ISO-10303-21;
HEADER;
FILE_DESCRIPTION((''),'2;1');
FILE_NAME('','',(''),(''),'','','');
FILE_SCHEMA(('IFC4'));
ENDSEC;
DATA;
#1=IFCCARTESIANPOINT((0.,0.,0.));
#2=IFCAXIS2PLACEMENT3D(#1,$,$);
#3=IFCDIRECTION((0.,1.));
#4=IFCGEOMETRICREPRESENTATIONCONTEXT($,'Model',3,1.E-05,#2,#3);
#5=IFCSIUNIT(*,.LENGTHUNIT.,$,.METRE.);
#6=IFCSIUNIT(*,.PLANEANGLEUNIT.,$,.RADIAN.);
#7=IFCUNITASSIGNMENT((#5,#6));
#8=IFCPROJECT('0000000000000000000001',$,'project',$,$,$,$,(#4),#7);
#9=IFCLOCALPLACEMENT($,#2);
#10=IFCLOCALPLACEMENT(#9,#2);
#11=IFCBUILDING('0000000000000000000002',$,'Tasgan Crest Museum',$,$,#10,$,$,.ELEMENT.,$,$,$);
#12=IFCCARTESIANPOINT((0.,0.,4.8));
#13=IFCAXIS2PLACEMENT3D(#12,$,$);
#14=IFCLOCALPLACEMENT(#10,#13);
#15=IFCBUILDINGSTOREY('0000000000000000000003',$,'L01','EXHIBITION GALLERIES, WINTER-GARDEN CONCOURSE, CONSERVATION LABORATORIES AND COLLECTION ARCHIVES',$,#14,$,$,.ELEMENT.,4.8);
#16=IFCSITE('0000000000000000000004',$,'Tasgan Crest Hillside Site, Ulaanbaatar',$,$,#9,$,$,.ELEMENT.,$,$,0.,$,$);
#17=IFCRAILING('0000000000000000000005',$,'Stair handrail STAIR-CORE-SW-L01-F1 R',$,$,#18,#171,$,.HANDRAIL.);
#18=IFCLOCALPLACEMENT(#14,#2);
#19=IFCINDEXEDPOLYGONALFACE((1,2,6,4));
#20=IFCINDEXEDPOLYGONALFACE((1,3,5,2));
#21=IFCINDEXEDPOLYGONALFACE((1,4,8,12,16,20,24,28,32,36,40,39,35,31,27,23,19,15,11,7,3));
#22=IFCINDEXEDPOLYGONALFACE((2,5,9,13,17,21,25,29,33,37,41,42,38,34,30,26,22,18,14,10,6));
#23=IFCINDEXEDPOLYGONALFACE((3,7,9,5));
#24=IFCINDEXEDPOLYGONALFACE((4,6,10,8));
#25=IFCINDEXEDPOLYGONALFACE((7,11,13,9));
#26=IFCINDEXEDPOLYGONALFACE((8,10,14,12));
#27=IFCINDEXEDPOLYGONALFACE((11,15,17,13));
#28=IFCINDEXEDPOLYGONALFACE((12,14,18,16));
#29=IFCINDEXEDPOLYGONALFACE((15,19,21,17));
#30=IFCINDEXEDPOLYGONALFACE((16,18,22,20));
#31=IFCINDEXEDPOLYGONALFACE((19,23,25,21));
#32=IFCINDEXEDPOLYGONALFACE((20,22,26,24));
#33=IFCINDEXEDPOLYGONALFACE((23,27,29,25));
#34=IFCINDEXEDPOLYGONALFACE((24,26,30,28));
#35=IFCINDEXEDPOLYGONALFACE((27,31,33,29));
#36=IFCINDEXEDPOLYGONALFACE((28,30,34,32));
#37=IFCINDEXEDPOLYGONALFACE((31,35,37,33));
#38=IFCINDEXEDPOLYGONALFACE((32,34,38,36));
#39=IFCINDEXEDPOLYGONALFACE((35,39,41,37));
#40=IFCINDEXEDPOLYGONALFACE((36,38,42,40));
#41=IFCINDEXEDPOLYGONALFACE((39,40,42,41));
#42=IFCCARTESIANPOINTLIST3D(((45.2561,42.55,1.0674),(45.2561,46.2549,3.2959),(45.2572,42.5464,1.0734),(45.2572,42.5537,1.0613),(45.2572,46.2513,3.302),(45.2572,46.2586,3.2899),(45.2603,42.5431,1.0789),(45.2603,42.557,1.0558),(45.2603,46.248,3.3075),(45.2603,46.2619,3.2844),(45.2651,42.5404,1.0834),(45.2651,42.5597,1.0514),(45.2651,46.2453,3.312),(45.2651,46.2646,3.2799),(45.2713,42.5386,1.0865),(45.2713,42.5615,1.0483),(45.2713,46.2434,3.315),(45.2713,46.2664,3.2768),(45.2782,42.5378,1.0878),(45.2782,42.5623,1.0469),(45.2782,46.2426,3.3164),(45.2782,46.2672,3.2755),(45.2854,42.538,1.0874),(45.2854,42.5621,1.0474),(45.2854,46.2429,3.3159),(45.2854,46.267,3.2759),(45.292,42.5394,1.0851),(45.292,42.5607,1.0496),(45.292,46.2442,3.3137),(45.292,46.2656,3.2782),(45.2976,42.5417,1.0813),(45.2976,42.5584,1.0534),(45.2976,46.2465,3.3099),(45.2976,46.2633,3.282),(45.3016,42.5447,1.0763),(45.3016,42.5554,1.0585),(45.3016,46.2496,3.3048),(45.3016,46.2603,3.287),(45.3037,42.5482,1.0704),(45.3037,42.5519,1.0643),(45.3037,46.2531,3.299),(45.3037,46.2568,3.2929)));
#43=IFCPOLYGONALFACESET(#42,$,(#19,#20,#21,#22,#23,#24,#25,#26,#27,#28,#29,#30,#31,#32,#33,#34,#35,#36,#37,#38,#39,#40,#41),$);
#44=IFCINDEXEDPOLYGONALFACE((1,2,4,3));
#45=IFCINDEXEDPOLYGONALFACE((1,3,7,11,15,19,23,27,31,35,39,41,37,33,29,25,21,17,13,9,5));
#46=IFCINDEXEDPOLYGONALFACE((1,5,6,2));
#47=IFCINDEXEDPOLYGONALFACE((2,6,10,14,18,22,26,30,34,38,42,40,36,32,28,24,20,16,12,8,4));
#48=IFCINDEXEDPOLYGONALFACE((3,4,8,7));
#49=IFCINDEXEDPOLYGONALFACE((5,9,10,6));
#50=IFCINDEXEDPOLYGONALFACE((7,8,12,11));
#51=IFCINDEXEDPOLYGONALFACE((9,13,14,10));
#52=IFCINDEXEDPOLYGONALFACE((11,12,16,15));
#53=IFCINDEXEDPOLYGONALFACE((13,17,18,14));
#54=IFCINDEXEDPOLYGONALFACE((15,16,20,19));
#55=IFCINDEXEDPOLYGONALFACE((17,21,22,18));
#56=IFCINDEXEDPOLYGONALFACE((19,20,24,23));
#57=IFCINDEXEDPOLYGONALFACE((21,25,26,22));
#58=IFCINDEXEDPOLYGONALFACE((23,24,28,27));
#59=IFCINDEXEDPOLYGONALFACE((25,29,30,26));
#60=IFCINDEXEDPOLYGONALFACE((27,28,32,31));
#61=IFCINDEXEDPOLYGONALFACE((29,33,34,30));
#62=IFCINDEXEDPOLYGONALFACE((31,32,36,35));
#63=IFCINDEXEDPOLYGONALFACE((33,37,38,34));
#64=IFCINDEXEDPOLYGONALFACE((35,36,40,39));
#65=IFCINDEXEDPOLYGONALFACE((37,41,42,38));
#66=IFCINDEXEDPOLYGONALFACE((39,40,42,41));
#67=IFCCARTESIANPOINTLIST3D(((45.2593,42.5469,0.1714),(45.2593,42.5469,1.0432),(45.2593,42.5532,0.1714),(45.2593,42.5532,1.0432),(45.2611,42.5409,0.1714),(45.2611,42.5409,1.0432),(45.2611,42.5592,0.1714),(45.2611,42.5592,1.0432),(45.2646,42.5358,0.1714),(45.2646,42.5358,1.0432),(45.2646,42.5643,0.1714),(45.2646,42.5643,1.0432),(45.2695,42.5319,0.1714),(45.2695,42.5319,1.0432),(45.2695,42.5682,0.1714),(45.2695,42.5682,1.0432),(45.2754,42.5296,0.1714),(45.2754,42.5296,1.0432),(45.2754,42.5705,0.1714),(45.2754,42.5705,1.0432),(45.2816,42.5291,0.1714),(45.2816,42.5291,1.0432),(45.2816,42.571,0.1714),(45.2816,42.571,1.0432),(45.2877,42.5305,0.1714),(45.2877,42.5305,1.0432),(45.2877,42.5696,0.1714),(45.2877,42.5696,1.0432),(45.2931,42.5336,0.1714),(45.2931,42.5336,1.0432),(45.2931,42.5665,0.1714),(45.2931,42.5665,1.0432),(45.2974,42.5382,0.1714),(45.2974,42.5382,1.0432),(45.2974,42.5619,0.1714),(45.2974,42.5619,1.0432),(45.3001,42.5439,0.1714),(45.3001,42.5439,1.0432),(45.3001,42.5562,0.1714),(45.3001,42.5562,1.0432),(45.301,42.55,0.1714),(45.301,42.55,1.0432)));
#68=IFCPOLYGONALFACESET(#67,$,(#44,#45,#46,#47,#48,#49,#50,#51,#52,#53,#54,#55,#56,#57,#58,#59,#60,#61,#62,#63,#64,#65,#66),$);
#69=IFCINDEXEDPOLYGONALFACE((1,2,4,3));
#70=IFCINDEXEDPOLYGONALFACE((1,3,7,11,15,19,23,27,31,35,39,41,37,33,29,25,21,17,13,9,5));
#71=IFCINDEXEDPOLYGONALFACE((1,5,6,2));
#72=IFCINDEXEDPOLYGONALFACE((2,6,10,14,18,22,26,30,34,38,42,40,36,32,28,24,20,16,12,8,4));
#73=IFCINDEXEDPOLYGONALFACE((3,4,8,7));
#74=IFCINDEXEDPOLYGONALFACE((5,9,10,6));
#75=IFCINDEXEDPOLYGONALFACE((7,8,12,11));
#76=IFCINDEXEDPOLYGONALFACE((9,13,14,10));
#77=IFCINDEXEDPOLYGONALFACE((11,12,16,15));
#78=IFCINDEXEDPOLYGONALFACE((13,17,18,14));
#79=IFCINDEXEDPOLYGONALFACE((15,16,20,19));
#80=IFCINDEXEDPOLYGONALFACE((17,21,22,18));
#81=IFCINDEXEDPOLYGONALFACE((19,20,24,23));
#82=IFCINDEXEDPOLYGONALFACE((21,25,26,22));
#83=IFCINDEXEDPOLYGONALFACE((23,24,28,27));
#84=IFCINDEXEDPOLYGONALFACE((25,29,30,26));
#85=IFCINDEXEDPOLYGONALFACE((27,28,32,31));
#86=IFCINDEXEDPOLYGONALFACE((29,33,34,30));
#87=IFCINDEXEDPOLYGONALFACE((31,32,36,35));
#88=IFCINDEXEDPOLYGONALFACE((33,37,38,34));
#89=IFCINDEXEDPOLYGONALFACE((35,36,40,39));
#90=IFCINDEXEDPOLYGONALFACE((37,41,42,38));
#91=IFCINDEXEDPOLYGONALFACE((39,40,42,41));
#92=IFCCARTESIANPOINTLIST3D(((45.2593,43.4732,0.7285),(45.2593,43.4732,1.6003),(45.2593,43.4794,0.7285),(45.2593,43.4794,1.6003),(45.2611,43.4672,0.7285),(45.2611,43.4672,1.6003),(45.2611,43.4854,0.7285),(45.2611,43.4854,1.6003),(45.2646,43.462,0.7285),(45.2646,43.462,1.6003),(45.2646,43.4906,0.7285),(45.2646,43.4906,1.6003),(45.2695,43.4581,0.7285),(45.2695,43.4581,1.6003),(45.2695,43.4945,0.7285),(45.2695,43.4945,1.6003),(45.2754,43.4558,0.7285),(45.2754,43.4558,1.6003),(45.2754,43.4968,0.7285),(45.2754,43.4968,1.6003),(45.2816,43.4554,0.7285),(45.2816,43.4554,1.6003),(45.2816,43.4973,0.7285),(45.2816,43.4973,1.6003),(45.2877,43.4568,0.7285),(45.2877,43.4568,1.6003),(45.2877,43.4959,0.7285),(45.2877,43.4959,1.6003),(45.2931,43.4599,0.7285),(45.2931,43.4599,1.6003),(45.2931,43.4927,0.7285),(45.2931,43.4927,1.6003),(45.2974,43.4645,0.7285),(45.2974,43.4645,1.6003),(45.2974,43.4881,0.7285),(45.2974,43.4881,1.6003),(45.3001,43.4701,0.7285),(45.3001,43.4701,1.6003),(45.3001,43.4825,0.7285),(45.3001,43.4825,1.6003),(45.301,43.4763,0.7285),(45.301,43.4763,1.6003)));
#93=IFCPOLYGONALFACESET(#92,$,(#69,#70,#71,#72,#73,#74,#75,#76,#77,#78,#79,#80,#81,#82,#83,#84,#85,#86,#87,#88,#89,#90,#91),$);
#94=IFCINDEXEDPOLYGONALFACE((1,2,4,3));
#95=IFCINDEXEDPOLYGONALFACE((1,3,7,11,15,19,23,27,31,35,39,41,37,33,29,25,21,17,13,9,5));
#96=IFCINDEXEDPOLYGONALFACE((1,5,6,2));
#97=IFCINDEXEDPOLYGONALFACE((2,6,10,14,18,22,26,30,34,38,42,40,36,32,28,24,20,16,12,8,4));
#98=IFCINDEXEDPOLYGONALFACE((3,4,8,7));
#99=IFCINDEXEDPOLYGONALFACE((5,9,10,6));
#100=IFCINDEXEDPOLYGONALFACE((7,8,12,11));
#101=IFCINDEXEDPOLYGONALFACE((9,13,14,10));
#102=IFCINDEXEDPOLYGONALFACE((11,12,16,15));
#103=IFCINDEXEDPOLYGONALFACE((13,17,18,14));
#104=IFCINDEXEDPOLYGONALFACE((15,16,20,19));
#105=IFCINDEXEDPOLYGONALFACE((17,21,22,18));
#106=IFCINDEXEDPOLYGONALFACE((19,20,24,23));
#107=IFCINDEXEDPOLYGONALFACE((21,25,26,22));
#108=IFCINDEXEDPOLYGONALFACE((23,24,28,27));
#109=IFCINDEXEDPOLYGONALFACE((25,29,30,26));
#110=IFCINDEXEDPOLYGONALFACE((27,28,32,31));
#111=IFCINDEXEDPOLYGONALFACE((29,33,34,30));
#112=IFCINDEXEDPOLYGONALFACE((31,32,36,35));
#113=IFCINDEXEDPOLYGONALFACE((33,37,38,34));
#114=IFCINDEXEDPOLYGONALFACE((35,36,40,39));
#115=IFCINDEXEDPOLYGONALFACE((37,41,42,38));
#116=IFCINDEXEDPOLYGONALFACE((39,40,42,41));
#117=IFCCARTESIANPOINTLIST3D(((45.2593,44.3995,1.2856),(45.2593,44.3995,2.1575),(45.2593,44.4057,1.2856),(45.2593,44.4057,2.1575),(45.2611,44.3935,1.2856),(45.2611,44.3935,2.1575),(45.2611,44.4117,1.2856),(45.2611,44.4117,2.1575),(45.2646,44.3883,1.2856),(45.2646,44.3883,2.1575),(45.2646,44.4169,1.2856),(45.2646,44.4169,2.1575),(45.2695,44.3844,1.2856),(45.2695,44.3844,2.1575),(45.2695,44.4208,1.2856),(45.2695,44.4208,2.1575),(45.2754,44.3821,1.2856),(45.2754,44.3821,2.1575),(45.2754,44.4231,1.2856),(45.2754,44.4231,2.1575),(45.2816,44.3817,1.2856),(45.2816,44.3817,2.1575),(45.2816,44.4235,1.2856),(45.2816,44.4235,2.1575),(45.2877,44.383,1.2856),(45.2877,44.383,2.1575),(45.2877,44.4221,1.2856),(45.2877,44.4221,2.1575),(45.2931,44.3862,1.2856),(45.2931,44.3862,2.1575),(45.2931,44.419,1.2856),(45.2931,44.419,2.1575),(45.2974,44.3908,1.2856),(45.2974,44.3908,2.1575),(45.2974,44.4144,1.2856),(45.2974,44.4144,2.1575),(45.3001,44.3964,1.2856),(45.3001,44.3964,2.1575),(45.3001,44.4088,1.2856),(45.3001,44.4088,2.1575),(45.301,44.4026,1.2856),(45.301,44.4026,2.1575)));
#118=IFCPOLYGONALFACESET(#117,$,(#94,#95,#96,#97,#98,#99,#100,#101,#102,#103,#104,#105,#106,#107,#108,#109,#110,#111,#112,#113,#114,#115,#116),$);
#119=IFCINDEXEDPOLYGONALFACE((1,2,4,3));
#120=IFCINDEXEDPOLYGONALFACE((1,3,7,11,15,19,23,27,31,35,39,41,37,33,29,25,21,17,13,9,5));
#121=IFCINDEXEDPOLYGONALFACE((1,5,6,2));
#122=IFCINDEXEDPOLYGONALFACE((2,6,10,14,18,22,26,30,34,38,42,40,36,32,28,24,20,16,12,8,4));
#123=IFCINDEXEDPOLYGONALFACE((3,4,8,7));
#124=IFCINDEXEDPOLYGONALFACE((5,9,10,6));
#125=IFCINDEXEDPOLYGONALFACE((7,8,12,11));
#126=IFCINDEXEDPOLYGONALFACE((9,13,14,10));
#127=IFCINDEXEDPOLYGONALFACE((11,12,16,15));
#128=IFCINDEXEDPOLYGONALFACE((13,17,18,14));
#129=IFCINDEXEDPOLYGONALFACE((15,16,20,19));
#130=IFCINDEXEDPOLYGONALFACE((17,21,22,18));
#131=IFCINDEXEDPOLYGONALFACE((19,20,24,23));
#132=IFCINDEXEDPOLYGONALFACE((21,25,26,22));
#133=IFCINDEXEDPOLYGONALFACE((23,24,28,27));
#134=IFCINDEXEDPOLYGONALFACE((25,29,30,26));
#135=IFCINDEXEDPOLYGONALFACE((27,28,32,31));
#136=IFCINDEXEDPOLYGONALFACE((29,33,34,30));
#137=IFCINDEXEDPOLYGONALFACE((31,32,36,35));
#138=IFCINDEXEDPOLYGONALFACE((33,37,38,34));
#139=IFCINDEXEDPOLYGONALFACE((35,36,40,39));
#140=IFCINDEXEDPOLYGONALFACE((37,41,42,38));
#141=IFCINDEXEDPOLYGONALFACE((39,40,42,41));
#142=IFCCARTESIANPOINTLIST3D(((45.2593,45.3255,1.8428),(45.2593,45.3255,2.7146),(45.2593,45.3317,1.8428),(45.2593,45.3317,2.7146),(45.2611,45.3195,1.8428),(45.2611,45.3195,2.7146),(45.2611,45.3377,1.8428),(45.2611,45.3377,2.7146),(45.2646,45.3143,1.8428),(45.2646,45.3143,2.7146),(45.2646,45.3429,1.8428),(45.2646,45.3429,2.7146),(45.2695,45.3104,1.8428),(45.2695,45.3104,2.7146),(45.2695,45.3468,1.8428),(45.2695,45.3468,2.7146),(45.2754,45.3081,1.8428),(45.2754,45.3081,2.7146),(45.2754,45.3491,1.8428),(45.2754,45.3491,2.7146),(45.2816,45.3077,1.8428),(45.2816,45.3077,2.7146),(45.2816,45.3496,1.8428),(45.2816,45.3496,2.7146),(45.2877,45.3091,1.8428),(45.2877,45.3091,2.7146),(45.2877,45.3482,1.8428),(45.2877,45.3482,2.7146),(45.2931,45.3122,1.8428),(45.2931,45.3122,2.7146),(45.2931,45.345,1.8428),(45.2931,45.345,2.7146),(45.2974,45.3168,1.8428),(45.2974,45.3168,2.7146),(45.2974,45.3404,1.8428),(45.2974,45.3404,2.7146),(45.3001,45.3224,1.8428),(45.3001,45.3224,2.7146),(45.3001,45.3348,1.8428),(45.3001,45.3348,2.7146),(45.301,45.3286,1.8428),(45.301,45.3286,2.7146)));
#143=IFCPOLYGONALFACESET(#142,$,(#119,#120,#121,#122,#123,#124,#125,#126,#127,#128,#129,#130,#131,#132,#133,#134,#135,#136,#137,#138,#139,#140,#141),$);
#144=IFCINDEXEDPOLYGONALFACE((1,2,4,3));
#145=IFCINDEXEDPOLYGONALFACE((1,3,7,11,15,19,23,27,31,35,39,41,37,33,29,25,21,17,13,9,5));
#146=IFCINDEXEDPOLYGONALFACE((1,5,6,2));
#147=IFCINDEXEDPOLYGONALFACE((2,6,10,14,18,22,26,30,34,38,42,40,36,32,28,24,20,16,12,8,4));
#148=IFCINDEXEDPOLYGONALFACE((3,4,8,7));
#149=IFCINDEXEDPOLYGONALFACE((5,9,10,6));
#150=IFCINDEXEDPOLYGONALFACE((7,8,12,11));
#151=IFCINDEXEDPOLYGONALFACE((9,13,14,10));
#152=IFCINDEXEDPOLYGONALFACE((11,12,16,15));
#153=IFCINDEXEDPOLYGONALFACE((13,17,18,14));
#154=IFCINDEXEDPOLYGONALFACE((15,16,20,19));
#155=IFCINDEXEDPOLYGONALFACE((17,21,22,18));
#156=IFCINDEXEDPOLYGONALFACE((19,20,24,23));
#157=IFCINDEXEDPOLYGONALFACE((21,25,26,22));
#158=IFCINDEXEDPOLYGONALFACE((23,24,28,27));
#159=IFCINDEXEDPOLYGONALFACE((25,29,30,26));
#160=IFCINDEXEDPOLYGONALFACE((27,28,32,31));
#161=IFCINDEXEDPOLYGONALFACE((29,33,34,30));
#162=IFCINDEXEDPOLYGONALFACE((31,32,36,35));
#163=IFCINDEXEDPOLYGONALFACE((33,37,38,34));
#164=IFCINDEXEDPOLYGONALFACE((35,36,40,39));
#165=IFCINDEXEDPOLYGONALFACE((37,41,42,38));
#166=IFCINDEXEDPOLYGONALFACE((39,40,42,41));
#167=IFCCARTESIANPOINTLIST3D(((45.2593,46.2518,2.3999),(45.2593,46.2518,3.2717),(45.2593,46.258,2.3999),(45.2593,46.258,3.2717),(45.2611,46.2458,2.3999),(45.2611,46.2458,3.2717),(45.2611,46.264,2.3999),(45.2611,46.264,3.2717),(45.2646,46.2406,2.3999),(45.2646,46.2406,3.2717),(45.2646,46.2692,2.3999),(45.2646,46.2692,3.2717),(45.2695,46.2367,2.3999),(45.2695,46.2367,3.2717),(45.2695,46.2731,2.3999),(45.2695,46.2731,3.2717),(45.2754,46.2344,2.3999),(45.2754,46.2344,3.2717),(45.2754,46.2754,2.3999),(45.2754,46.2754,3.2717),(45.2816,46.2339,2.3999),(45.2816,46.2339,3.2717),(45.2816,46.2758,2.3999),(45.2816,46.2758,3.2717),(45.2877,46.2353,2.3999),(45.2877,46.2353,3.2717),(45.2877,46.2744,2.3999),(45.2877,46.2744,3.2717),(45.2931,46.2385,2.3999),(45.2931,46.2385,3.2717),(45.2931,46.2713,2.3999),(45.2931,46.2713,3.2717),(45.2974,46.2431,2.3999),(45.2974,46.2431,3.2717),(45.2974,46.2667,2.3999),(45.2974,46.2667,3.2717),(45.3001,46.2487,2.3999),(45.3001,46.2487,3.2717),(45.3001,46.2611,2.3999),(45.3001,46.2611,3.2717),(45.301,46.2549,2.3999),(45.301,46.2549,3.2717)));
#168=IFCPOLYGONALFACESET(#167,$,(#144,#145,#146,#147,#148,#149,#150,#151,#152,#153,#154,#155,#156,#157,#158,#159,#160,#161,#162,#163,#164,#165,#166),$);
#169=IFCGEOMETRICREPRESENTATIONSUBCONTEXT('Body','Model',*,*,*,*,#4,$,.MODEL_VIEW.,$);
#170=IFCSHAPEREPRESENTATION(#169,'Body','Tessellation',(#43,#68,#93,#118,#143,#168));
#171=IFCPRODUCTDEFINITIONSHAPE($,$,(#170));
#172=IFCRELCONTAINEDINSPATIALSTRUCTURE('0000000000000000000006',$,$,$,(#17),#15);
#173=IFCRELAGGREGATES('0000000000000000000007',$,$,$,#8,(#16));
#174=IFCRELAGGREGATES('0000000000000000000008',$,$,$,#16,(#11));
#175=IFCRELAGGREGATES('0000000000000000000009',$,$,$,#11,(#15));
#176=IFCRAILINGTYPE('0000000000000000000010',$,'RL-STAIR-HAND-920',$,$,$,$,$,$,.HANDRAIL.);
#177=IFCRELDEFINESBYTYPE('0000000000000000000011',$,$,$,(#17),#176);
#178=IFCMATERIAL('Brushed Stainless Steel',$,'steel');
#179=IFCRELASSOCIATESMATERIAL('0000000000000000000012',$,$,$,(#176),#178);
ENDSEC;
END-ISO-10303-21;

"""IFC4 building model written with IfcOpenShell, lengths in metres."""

from ifc_helpers import new_model, si_unit, direction, frame, origin, origin_2d, place, context, subcontext, project, spatial, circle, extrude, material, type_object, element, save


model = new_model("IFC4")

# Units and contexts
model_context = context("Model", 3, precision=1e-05, world=origin(), true_north=direction((0.0, 1.0)))
body_context = subcontext(model_context, "Body", "Model", "MODEL_VIEW")
ifc_project = project(units=[si_unit("LENGTHUNIT", "METRE"), si_unit("PLANEANGLEUNIT", "RADIAN")], contexts=[model_context])

# Site, building, storey
site_placement = place(None, origin())
site = spatial("IfcSite", under=ifc_project, at=site_placement, Name="Tasgan Crest Hillside Site, Ulaanbaatar", CompositionType="ELEMENT", RefElevation=0.0)
building_placement = place(site_placement, origin())
building = spatial("IfcBuilding", under=site, at=building_placement, Name="Tasgan Crest Museum", CompositionType="ELEMENT")
storey_placement = place(building_placement, frame((0.0, 0.0, 4.8)))
storey = spatial("IfcBuildingStorey", under=building, at=storey_placement, Name="L01", Description="EXHIBITION GALLERIES, WINTER-GARDEN CONCOURSE, CONSERVATION LABORATORIES AND COLLECTION ARCHIVES", CompositionType="ELEMENT", Elevation=4.8)

# Railing
ifc_material_1 = material(Name="Brushed Stainless Steel", Category="steel")
railing_type_1 = type_object("IfcRailingType", Name="RL-STAIR-HAND-920", PredefinedType="HANDRAIL", material=ifc_material_1)
for number, where, name in (
    (1, (45.28, 42.55, 0.1714), "Stair handrail STAIR-CORE-SW-L01-F1 R"),
):
    element("IfcRailing", number, at=place(storey_placement, frame(where)), inside=storey, type_object=railing_type_1, Name=name, PredefinedType="HANDRAIL", context=body_context, shape_type="SweptSolid", body=[
        extrude(circle(Radius=0.0239, at=origin_2d()), frame((0.0, 0.0, 0.896), z_axis=(0.0, 0.856919, 0.51545), x_axis=(-1.0, 0.0, 0.0)), (0.0, 0.0, 1.0), 4.3235),
        extrude(circle(Radius=0.021, at=origin_2d()), origin(), (0.0, 0.0, 1.0), 0.8718),
        extrude(circle(Radius=0.021, at=origin_2d()), frame((0.0, 0.9263, 0.5571)), (0.0, 0.0, 1.0), 0.8718),
        extrude(circle(Radius=0.021, at=origin_2d()), frame((0.0, 1.8525, 1.1143)), (0.0, 0.0, 1.0), 0.8718),
        extrude(circle(Radius=0.021, at=origin_2d()), frame((0.0, 2.7786, 1.6714)), (0.0, 0.0, 1.0), 0.8718),
        extrude(circle(Radius=0.021, at=origin_2d()), frame((0.0, 3.7048, 2.2285)), (0.0, 0.0, 1.0), 0.8718),
    ])

save(model, "model.ifc")
